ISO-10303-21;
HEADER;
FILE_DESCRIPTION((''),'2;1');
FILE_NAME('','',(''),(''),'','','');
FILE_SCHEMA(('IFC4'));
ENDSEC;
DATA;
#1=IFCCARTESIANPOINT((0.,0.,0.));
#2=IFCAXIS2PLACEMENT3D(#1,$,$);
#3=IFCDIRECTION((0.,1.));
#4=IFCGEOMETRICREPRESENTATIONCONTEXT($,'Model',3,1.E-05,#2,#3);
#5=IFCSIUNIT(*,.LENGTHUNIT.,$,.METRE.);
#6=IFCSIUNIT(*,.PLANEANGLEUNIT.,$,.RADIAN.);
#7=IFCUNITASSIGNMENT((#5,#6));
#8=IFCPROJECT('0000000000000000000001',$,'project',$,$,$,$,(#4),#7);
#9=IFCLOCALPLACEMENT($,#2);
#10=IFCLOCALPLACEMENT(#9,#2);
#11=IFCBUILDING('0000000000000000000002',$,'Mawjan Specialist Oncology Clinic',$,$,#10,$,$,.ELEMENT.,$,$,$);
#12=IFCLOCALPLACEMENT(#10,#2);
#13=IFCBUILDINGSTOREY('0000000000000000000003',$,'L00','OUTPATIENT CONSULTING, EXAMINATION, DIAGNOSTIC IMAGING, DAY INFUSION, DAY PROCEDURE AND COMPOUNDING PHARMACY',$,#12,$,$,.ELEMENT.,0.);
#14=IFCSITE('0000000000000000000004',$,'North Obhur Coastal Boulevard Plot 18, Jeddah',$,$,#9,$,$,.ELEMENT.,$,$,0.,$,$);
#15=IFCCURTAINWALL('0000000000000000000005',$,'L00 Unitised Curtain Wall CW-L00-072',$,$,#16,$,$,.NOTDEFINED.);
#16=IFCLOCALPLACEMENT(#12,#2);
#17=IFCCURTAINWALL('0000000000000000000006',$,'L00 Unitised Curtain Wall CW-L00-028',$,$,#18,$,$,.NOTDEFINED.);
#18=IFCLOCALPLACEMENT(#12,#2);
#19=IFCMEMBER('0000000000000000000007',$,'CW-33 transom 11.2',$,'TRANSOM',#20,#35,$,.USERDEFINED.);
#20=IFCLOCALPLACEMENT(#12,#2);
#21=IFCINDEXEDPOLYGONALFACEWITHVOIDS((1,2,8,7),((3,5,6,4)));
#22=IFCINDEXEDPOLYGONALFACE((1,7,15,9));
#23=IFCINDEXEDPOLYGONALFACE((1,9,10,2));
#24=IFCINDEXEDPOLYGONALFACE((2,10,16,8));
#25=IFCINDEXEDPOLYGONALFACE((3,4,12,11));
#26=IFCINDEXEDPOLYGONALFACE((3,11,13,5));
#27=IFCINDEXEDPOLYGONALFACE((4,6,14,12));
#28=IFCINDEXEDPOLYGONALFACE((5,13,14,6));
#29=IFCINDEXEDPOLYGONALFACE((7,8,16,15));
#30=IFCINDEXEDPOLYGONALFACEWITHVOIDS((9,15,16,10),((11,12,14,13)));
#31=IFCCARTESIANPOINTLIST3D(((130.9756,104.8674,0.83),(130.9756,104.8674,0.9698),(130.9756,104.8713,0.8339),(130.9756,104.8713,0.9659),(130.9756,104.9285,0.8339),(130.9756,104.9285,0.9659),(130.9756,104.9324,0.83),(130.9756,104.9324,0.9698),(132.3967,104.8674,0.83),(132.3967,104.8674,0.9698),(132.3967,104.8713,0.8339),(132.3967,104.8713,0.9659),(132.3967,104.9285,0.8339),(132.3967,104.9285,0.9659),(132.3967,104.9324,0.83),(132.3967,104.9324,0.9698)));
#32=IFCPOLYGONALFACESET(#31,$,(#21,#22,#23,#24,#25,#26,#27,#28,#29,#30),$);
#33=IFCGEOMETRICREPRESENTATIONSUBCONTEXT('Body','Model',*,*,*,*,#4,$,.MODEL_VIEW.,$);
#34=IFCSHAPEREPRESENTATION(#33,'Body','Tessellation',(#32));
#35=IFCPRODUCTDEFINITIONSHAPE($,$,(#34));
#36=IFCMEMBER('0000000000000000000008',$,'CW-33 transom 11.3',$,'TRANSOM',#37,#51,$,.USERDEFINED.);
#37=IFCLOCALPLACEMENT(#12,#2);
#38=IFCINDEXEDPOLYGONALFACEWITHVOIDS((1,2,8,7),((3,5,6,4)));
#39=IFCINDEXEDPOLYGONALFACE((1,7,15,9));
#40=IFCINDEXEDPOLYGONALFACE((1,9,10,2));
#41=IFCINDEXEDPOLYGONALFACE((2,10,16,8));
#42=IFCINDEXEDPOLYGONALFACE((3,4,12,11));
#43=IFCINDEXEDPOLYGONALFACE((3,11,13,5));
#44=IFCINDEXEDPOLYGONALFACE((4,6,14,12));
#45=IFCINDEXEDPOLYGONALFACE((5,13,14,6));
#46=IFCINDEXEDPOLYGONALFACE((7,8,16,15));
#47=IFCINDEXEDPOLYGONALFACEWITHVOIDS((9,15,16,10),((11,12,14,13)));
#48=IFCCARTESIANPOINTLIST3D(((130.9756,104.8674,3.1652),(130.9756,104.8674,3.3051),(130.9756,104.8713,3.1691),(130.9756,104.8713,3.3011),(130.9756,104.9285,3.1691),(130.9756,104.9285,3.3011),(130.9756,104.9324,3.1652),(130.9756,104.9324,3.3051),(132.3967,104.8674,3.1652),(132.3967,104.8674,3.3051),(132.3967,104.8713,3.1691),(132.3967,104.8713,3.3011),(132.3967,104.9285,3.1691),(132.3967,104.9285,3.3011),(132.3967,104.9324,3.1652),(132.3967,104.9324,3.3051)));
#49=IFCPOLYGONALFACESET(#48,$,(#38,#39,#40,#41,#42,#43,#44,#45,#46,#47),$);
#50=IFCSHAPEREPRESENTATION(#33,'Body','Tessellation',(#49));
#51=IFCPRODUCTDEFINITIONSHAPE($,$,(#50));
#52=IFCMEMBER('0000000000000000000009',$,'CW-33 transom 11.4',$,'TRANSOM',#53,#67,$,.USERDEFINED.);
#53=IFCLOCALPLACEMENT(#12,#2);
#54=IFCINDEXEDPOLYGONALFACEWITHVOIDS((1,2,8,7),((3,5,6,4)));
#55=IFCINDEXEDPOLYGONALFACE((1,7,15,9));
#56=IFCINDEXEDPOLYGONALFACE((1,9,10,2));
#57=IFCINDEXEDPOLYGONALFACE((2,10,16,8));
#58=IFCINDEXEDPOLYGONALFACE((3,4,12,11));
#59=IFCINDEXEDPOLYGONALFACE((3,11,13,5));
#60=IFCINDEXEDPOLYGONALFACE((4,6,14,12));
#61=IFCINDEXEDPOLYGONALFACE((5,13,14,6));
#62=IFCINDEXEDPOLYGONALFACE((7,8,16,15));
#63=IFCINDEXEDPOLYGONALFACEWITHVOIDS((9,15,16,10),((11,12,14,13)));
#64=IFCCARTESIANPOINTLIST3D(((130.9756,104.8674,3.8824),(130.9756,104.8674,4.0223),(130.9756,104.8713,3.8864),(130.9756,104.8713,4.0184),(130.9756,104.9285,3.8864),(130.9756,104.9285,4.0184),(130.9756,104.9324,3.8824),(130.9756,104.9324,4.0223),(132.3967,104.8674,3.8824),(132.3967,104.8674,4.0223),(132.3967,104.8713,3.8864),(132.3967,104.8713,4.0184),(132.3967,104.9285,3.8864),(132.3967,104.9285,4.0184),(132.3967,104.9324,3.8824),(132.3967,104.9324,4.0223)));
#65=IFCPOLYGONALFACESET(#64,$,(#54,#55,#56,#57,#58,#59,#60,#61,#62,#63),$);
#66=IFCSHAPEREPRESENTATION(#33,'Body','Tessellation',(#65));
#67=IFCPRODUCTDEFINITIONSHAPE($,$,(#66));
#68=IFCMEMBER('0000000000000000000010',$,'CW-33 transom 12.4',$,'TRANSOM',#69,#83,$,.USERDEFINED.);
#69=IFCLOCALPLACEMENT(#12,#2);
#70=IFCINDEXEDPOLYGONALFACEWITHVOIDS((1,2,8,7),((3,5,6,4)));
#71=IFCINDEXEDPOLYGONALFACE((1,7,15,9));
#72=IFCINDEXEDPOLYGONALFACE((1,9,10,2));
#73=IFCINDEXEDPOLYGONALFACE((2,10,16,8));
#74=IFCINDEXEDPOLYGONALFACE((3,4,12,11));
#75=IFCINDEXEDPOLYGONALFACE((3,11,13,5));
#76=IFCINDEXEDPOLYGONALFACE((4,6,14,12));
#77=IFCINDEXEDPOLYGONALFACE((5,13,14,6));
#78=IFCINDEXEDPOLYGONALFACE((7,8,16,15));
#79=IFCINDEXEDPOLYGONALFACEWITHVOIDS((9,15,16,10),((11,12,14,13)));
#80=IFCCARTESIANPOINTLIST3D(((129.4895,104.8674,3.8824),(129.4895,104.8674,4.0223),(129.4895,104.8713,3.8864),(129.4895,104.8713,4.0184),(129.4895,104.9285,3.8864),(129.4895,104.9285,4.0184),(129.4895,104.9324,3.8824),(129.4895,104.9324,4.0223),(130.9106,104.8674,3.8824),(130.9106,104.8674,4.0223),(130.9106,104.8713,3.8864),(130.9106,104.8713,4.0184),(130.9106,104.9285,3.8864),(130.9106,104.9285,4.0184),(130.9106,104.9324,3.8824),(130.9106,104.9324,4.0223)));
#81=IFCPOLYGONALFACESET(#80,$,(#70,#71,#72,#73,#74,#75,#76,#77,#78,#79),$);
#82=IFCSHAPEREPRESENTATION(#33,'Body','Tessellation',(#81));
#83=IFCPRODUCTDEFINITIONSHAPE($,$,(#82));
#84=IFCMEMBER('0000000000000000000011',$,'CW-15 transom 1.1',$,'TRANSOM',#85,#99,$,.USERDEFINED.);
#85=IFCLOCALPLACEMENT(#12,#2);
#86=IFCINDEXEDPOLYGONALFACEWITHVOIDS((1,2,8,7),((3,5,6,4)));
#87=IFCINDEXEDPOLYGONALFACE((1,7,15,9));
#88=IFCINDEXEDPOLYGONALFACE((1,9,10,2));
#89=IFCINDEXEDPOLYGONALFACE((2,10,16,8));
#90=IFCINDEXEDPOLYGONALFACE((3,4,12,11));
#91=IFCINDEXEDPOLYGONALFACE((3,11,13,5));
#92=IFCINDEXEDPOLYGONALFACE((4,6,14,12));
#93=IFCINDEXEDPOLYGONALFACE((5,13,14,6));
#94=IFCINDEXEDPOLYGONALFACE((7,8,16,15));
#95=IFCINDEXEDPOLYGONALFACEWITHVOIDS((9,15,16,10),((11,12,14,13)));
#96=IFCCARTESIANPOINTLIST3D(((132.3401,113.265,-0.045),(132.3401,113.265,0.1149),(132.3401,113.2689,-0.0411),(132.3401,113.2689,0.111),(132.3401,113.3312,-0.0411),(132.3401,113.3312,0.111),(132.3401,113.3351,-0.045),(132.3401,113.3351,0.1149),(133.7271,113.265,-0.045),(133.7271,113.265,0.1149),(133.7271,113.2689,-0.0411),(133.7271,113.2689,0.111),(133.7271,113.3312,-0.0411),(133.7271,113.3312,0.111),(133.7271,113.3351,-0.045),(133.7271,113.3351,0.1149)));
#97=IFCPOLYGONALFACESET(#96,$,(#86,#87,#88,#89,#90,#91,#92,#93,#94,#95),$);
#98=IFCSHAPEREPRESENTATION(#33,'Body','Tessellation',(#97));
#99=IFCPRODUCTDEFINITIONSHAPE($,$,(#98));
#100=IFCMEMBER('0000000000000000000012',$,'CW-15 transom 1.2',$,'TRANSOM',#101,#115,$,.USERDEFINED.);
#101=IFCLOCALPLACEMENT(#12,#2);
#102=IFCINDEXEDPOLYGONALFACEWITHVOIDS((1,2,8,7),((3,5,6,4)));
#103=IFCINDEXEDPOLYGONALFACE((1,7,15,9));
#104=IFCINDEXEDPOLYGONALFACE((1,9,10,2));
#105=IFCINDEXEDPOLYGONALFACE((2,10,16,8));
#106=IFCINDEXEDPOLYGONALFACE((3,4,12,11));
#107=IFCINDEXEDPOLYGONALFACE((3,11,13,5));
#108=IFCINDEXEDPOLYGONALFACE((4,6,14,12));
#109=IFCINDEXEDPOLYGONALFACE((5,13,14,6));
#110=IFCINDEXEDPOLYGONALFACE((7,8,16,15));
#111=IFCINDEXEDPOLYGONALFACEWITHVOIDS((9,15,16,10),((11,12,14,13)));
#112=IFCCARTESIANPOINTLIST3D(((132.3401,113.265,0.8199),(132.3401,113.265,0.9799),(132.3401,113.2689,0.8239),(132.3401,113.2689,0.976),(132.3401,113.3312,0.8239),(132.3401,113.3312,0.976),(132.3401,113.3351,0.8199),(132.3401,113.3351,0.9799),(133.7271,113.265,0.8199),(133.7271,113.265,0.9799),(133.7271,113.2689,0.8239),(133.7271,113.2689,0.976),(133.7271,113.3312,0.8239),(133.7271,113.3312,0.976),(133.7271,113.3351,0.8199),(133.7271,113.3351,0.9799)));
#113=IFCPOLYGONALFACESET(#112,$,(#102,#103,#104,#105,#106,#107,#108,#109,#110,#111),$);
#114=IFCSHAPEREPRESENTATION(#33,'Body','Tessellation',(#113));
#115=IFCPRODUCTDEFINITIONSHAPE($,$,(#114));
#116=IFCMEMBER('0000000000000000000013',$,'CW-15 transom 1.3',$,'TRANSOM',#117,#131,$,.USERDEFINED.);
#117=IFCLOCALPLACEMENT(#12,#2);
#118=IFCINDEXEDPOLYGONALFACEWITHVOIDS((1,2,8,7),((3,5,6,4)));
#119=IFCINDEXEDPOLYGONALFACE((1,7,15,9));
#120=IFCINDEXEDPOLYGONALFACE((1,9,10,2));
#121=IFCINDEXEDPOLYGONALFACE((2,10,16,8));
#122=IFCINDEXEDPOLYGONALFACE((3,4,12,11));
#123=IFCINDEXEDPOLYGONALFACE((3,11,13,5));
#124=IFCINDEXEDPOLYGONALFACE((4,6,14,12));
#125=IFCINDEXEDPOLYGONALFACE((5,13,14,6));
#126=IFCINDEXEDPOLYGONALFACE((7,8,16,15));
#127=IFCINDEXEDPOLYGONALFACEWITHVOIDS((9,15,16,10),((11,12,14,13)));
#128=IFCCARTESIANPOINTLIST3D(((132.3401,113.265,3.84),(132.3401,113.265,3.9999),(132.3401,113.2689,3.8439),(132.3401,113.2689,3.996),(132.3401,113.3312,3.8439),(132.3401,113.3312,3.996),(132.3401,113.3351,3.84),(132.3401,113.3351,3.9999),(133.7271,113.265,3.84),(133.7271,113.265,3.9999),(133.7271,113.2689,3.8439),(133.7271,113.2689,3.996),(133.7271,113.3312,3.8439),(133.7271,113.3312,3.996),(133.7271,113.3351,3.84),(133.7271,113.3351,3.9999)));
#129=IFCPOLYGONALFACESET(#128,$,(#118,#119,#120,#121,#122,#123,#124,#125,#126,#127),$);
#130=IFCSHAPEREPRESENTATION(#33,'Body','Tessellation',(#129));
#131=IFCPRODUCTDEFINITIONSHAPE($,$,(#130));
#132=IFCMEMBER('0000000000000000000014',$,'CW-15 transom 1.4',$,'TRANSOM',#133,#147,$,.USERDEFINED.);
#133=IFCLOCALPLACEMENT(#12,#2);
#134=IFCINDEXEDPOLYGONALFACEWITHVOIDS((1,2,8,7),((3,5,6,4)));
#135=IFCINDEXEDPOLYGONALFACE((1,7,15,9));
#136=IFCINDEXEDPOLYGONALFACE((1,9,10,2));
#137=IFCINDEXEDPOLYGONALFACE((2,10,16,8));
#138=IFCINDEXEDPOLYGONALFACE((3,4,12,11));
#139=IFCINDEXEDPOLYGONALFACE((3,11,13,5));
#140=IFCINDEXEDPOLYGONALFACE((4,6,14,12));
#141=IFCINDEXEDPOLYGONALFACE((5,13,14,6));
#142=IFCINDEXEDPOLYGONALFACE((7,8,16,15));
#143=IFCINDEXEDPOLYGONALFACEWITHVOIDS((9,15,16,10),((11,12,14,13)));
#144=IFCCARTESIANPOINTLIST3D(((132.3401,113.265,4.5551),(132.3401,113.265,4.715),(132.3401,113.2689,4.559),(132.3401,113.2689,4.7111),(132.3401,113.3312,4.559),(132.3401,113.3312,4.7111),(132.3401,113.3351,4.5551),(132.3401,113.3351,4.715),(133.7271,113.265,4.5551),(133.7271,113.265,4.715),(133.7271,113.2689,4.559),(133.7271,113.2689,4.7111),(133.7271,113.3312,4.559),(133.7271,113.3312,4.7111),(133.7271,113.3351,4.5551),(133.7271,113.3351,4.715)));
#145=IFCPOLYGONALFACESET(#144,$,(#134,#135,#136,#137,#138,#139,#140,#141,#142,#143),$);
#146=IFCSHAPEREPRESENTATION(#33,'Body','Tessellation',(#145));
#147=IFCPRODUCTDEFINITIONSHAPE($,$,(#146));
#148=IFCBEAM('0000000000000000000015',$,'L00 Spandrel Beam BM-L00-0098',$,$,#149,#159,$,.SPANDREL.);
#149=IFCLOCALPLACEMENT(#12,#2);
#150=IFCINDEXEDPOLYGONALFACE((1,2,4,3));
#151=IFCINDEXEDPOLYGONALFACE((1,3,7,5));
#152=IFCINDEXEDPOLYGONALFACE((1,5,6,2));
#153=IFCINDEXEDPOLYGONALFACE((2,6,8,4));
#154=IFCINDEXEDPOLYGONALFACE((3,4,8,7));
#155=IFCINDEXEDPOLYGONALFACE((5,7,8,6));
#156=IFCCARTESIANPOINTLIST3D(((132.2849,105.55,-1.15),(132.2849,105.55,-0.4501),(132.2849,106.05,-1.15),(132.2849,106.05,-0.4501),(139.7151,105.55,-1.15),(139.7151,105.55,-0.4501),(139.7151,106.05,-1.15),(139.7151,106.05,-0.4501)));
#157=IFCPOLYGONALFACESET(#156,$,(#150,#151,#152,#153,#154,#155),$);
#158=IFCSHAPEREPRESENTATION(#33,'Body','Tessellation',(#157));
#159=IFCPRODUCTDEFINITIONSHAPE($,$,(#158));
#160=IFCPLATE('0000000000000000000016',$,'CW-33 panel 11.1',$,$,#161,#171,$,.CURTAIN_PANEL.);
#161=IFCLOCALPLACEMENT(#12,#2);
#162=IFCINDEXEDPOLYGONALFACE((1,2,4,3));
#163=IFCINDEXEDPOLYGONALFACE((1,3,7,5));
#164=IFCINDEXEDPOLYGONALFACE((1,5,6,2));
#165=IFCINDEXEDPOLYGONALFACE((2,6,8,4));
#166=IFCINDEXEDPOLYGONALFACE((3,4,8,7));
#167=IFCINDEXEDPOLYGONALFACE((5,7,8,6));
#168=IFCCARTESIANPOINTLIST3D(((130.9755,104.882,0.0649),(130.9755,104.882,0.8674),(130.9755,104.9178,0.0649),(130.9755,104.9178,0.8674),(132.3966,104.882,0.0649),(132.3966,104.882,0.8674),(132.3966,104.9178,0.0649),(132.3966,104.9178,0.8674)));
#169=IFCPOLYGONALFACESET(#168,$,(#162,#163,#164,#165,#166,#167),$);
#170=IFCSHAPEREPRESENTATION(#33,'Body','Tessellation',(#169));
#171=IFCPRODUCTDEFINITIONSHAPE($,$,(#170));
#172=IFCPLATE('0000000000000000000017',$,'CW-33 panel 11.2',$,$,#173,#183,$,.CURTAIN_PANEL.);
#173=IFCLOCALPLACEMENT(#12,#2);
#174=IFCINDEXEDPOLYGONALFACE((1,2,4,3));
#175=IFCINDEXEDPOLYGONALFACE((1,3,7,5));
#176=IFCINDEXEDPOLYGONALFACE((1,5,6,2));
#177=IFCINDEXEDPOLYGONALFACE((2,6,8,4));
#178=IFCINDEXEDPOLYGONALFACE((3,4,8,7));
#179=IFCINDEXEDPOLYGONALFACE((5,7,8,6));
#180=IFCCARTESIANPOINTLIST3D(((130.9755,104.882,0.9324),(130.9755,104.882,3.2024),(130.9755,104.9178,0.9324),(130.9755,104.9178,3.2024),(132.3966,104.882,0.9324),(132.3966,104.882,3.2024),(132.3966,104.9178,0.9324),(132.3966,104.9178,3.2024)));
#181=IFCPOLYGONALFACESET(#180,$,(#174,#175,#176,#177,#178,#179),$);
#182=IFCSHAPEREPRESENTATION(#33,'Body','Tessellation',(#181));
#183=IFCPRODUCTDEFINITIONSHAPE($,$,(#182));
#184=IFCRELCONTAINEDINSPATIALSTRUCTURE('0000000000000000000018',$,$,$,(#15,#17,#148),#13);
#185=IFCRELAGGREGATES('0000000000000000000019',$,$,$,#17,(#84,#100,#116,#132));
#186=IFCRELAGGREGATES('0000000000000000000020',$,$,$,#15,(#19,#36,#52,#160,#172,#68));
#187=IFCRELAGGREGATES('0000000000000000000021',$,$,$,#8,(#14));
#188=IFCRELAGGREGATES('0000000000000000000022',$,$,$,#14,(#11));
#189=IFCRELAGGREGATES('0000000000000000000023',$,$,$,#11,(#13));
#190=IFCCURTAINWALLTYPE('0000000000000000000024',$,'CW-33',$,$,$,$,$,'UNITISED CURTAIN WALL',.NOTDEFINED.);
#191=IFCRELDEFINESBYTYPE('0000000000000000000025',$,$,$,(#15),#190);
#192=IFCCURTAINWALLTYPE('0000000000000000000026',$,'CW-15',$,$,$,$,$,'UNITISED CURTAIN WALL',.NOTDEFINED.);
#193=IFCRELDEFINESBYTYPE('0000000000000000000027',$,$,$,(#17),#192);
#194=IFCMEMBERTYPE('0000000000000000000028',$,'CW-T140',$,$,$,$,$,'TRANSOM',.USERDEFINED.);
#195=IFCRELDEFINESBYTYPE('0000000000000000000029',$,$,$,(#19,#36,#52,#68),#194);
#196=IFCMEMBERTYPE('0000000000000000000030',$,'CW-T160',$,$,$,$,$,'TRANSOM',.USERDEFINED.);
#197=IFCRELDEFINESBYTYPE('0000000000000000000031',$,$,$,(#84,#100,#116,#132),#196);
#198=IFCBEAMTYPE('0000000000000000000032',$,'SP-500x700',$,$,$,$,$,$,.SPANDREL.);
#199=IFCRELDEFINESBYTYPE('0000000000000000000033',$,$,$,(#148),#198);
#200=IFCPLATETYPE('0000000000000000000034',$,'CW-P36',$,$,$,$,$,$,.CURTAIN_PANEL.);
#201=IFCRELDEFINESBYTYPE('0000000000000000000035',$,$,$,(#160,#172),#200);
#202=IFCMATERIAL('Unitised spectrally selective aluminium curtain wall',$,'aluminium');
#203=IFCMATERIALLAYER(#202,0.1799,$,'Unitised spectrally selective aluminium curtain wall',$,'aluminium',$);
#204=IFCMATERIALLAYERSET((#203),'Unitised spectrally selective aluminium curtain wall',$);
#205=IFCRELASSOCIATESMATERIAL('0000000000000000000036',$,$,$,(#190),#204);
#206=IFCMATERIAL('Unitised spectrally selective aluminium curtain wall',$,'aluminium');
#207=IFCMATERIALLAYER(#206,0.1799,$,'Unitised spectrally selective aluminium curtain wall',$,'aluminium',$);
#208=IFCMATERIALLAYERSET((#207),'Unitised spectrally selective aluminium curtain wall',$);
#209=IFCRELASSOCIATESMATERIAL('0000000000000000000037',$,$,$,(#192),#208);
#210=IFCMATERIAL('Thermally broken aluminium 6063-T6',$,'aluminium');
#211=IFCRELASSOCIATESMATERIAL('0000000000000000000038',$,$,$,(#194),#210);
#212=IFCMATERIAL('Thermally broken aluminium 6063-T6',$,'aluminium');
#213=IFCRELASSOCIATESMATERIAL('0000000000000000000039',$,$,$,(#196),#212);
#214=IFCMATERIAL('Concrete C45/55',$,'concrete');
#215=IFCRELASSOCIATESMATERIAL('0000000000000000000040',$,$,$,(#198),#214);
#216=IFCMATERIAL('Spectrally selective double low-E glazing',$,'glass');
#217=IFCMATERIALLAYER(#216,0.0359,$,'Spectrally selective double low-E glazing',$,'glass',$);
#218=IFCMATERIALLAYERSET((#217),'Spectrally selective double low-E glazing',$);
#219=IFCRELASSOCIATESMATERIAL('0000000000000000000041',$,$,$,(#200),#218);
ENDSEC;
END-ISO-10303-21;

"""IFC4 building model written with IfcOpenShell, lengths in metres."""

from ifc_helpers import new_model, si_unit, direction, frame, origin, origin_2d, place, context, subcontext, project, spatial, rectangle, hollow_rectangle, extrude, material, layer, layer_set, material_profile, profile_set, type_object, element, aggregate, save


model = new_model("IFC4")

# Units and contexts
model_context = context("Model", 3, precision=1e-05, world=origin(), true_north=direction((0.0, 1.0)))
body_context = subcontext(model_context, "Body", "Model", "MODEL_VIEW")
ifc_project = project(units=[si_unit("LENGTHUNIT", "METRE"), si_unit("PLANEANGLEUNIT", "RADIAN")], contexts=[model_context])

# Site, building, storey
site_placement = place(None, origin())
site = spatial("IfcSite", under=ifc_project, at=site_placement, Name="North Obhur Coastal Boulevard Plot 18, Jeddah", CompositionType="ELEMENT", RefElevation=0.0)
building_placement = place(site_placement, origin())
building = spatial("IfcBuilding", under=site, at=building_placement, Name="Mawjan Specialist Oncology Clinic", CompositionType="ELEMENT")
storey_placement = place(building_placement, origin())
storey = spatial("IfcBuildingStorey", under=building, at=storey_placement, Name="L00", Description="OUTPATIENT CONSULTING, EXAMINATION, DIAGNOSTIC IMAGING, DAY INFUSION, DAY PROCEDURE AND COMPOUNDING PHARMACY", CompositionType="ELEMENT", Elevation=0.0)

# Curtain wall
ifc_material_1 = material(Name="Unitised spectrally selective aluminium curtain wall", Category="aluminium")
ifc_layer_1 = layer(ifc_material_1, 0.1799, Name="Unitised spectrally selective aluminium curtain wall", Category="aluminium")
ifc_layer_set_1 = layer_set([ifc_layer_1], Name="Unitised spectrally selective aluminium curtain wall")
curtain_wall_type_1 = type_object("IfcCurtainWallType", Name="CW-33", ElementType="UNITISED CURTAIN WALL", PredefinedType="NOTDEFINED", material=ifc_layer_set_1)
curtain_wall_1_placement = place(storey_placement, origin())
curtain_wall_1 = element("IfcCurtainWall", 1, at=curtain_wall_1_placement, inside=storey, type_object=curtain_wall_type_1, Name="L00 Unitised Curtain Wall CW-L00-072", PredefinedType="NOTDEFINED")

# Curtain wall
ifc_material_2 = material(Name="Unitised spectrally selective aluminium curtain wall", Category="aluminium")
ifc_layer_2 = layer(ifc_material_2, 0.1799, Name="Unitised spectrally selective aluminium curtain wall", Category="aluminium")
ifc_layer_set_2 = layer_set([ifc_layer_2], Name="Unitised spectrally selective aluminium curtain wall")
curtain_wall_type_2 = type_object("IfcCurtainWallType", Name="CW-15", ElementType="UNITISED CURTAIN WALL", PredefinedType="NOTDEFINED", material=ifc_layer_set_2)
curtain_wall_2_placement = place(storey_placement, origin())
curtain_wall_2 = element("IfcCurtainWall", 2, at=curtain_wall_2_placement, inside=storey, type_object=curtain_wall_type_2, Name="L00 Unitised Curtain Wall CW-L00-028", PredefinedType="NOTDEFINED")

# Members
ifc_material_3 = material(Name="Thermally broken aluminium 6063-T6", Category="aluminium")
ifc_material_profile_1 = material_profile(ifc_material_3, hollow_rectangle(XDim=0.0649, YDim=0.1399, WallThickness=0.0039, at=origin_2d()), Name="ALU TRANSOM 140x65x4", Category="aluminium")
ifc_profile_set_1 = profile_set([ifc_material_profile_1], Name="Thermally broken aluminium 6063-T6")
member_type_1 = type_object("IfcMemberType", Name="CW-T140", ElementType="TRANSOM", PredefinedType="USERDEFINED", material=ifc_profile_set_1)
member_1_placement = place(storey_placement, frame((132.3967, 104.8999, 0.8999), z_axis=(-1.0, 0.0, 0.0), x_axis=(0.0, -1.0, 0.0)))
member_1 = element("IfcMember", 3, at=member_1_placement, type_object=member_type_1, Name="CW-33 transom 11.2", ObjectType="TRANSOM", PredefinedType="USERDEFINED", context=body_context, shape_type="SweptSolid", body=[
    extrude(hollow_rectangle(XDim=0.0649, YDim=0.1399, WallThickness=0.0039, at=origin_2d()), origin(), (0.0, 0.0, 1.0), 1.4211),
])
member_2_placement = place(storey_placement, frame((132.3967, 104.8999, 3.2351), z_axis=(-1.0, 0.0, 0.0), x_axis=(0.0, -1.0, 0.0)))
member_2 = element("IfcMember", 4, at=member_2_placement, type_object=member_type_1, Name="CW-33 transom 11.3", ObjectType="TRANSOM", PredefinedType="USERDEFINED", context=body_context, shape_type="SweptSolid", body=[
    extrude(hollow_rectangle(XDim=0.0649, YDim=0.1399, WallThickness=0.0039, at=origin_2d()), origin(), (0.0, 0.0, 1.0), 1.4211),
])
member_3_placement = place(storey_placement, frame((132.3967, 104.8999, 3.9524), z_axis=(-1.0, 0.0, 0.0), x_axis=(0.0, -1.0, 0.0)))
member_3 = element("IfcMember", 5, at=member_3_placement, type_object=member_type_1, Name="CW-33 transom 11.4", ObjectType="TRANSOM", PredefinedType="USERDEFINED", context=body_context, shape_type="SweptSolid", body=[
    extrude(hollow_rectangle(XDim=0.0649, YDim=0.1399, WallThickness=0.0039, at=origin_2d()), origin(), (0.0, 0.0, 1.0), 1.4211),
])
member_4_placement = place(storey_placement, frame((130.9106, 104.8999, 3.9524), z_axis=(-1.0, 0.0, 0.0), x_axis=(0.0, -1.0, 0.0)))
member_4 = element("IfcMember", 6, at=member_4_placement, type_object=member_type_1, Name="CW-33 transom 12.4", ObjectType="TRANSOM", PredefinedType="USERDEFINED", context=body_context, shape_type="SweptSolid", body=[
    extrude(hollow_rectangle(XDim=0.0649, YDim=0.1399, WallThickness=0.0039, at=origin_2d()), origin(), (0.0, 0.0, 1.0), 1.4211),
])
ifc_material_4 = material(Name="Thermally broken aluminium 6063-T6", Category="aluminium")
ifc_material_profile_2 = material_profile(ifc_material_4, hollow_rectangle(XDim=0.0701, YDim=0.1599, WallThickness=0.0039, at=origin_2d()), Name="ALU TRANSOM 160x70x4", Category="aluminium")
ifc_profile_set_2 = profile_set([ifc_material_profile_2], Name="Thermally broken aluminium 6063-T6")
member_type_2 = type_object("IfcMemberType", Name="CW-T160", ElementType="TRANSOM", PredefinedType="USERDEFINED", material=ifc_profile_set_2)
member_5_placement = place(storey_placement, frame((132.3401, 113.3, 0.0349), z_axis=(1.0, 0.0, 0.0), x_axis=(0.0, 1.0, 0.0)))
member_5 = element("IfcMember", 7, at=member_5_placement, type_object=member_type_2, Name="CW-15 transom 1.1", ObjectType="TRANSOM", PredefinedType="USERDEFINED", context=body_context, shape_type="SweptSolid", body=[
    extrude(hollow_rectangle(XDim=0.0701, YDim=0.1599, WallThickness=0.0039, at=origin_2d()), origin(), (0.0, 0.0, 1.0), 1.387),
])
member_6_placement = place(storey_placement, frame((132.3401, 113.3, 0.8999), z_axis=(1.0, 0.0, 0.0), x_axis=(0.0, 1.0, 0.0)))
member_6 = element("IfcMember", 8, at=member_6_placement, type_object=member_type_2, Name="CW-15 transom 1.2", ObjectType="TRANSOM", PredefinedType="USERDEFINED", context=body_context, shape_type="SweptSolid", body=[
    extrude(hollow_rectangle(XDim=0.0701, YDim=0.1599, WallThickness=0.0039, at=origin_2d()), origin(), (0.0, 0.0, 1.0), 1.387),
])
member_7_placement = place(storey_placement, frame((132.3401, 113.3, 3.9199), z_axis=(1.0, 0.0, 0.0), x_axis=(0.0, 1.0, 0.0)))
member_7 = element("IfcMember", 9, at=member_7_placement, type_object=member_type_2, Name="CW-15 transom 1.3", ObjectType="TRANSOM", PredefinedType="USERDEFINED", context=body_context, shape_type="SweptSolid", body=[
    extrude(hollow_rectangle(XDim=0.0701, YDim=0.1599, WallThickness=0.0039, at=origin_2d()), origin(), (0.0, 0.0, 1.0), 1.387),
])
member_8_placement = place(storey_placement, frame((132.3401, 113.3, 4.635), z_axis=(1.0, 0.0, 0.0), x_axis=(0.0, 1.0, 0.0)))
member_8 = element("IfcMember", 10, at=member_8_placement, type_object=member_type_2, Name="CW-15 transom 1.4", ObjectType="TRANSOM", PredefinedType="USERDEFINED", context=body_context, shape_type="SweptSolid", body=[
    extrude(hollow_rectangle(XDim=0.0701, YDim=0.1599, WallThickness=0.0039, at=origin_2d()), origin(), (0.0, 0.0, 1.0), 1.387),
])
aggregate(curtain_wall_2, [member_5, member_6, member_7, member_8])

# Beam
ifc_material_5 = material(Name="Concrete C45/55", Category="concrete")
ifc_material_profile_3 = material_profile(ifc_material_5, rectangle(XDim=0.5, YDim=0.7, at=origin_2d()), Name="RC BM 500x700", Category="concrete")
ifc_profile_set_3 = profile_set([ifc_material_profile_3], Name="Concrete C45/55")
beam_type_1 = type_object("IfcBeamType", Name="SP-500x700", PredefinedType="SPANDREL", material=ifc_profile_set_3)
beam_1_placement = place(storey_placement, frame((132.2849, 105.8, -0.8), z_axis=(1.0, 0.0, 0.0), x_axis=(0.0, 1.0, 0.0)))
element("IfcBeam", 11, at=beam_1_placement, inside=storey, type_object=beam_type_1, Name="L00 Spandrel Beam BM-L00-0098", PredefinedType="SPANDREL", context=body_context, shape_type="SweptSolid", body=[
    extrude(rectangle(XDim=0.5, YDim=0.7, at=origin_2d()), origin(), (0.0, 0.0, 1.0), 7.4302),
])

# Plates
ifc_material_6 = material(Name="Spectrally selective double low-E glazing", Category="glass")
ifc_layer_3 = layer(ifc_material_6, 0.0359, Name="Spectrally selective double low-E glazing", Category="glass")
ifc_layer_set_3 = layer_set([ifc_layer_3], Name="Spectrally selective double low-E glazing")
plate_type = type_object("IfcPlateType", Name="CW-P36", PredefinedType="CURTAIN_PANEL", material=ifc_layer_set_3)
plate_1_placement = place(storey_placement, frame((131.686, 104.8999, 0.0649), z_axis=(0.0, 0.0, 1.0), x_axis=(-1.0, 0.0, 0.0)))
plate_1 = element("IfcPlate", 12, at=plate_1_placement, type_object=plate_type, Name="CW-33 panel 11.1", PredefinedType="CURTAIN_PANEL", context=body_context, shape_type="SweptSolid", body=[
    extrude(rectangle(XDim=1.4211, YDim=0.0359, at=origin_2d()), origin(), (0.0, 0.0, 1.0), 0.8025),
])
plate_2_placement = place(storey_placement, frame((131.686, 104.8999, 0.9324), z_axis=(0.0, 0.0, 1.0), x_axis=(-1.0, 0.0, 0.0)))
plate_2 = element("IfcPlate", 13, at=plate_2_placement, type_object=plate_type, Name="CW-33 panel 11.2", PredefinedType="CURTAIN_PANEL", context=body_context, shape_type="SweptSolid", body=[
    extrude(rectangle(XDim=1.4211, YDim=0.0359, at=origin_2d()), origin(), (0.0, 0.0, 1.0), 2.27),
])
aggregate(curtain_wall_1, [member_1, member_2, member_3, plate_1, plate_2, member_4])

save(model, "model.ifc")
